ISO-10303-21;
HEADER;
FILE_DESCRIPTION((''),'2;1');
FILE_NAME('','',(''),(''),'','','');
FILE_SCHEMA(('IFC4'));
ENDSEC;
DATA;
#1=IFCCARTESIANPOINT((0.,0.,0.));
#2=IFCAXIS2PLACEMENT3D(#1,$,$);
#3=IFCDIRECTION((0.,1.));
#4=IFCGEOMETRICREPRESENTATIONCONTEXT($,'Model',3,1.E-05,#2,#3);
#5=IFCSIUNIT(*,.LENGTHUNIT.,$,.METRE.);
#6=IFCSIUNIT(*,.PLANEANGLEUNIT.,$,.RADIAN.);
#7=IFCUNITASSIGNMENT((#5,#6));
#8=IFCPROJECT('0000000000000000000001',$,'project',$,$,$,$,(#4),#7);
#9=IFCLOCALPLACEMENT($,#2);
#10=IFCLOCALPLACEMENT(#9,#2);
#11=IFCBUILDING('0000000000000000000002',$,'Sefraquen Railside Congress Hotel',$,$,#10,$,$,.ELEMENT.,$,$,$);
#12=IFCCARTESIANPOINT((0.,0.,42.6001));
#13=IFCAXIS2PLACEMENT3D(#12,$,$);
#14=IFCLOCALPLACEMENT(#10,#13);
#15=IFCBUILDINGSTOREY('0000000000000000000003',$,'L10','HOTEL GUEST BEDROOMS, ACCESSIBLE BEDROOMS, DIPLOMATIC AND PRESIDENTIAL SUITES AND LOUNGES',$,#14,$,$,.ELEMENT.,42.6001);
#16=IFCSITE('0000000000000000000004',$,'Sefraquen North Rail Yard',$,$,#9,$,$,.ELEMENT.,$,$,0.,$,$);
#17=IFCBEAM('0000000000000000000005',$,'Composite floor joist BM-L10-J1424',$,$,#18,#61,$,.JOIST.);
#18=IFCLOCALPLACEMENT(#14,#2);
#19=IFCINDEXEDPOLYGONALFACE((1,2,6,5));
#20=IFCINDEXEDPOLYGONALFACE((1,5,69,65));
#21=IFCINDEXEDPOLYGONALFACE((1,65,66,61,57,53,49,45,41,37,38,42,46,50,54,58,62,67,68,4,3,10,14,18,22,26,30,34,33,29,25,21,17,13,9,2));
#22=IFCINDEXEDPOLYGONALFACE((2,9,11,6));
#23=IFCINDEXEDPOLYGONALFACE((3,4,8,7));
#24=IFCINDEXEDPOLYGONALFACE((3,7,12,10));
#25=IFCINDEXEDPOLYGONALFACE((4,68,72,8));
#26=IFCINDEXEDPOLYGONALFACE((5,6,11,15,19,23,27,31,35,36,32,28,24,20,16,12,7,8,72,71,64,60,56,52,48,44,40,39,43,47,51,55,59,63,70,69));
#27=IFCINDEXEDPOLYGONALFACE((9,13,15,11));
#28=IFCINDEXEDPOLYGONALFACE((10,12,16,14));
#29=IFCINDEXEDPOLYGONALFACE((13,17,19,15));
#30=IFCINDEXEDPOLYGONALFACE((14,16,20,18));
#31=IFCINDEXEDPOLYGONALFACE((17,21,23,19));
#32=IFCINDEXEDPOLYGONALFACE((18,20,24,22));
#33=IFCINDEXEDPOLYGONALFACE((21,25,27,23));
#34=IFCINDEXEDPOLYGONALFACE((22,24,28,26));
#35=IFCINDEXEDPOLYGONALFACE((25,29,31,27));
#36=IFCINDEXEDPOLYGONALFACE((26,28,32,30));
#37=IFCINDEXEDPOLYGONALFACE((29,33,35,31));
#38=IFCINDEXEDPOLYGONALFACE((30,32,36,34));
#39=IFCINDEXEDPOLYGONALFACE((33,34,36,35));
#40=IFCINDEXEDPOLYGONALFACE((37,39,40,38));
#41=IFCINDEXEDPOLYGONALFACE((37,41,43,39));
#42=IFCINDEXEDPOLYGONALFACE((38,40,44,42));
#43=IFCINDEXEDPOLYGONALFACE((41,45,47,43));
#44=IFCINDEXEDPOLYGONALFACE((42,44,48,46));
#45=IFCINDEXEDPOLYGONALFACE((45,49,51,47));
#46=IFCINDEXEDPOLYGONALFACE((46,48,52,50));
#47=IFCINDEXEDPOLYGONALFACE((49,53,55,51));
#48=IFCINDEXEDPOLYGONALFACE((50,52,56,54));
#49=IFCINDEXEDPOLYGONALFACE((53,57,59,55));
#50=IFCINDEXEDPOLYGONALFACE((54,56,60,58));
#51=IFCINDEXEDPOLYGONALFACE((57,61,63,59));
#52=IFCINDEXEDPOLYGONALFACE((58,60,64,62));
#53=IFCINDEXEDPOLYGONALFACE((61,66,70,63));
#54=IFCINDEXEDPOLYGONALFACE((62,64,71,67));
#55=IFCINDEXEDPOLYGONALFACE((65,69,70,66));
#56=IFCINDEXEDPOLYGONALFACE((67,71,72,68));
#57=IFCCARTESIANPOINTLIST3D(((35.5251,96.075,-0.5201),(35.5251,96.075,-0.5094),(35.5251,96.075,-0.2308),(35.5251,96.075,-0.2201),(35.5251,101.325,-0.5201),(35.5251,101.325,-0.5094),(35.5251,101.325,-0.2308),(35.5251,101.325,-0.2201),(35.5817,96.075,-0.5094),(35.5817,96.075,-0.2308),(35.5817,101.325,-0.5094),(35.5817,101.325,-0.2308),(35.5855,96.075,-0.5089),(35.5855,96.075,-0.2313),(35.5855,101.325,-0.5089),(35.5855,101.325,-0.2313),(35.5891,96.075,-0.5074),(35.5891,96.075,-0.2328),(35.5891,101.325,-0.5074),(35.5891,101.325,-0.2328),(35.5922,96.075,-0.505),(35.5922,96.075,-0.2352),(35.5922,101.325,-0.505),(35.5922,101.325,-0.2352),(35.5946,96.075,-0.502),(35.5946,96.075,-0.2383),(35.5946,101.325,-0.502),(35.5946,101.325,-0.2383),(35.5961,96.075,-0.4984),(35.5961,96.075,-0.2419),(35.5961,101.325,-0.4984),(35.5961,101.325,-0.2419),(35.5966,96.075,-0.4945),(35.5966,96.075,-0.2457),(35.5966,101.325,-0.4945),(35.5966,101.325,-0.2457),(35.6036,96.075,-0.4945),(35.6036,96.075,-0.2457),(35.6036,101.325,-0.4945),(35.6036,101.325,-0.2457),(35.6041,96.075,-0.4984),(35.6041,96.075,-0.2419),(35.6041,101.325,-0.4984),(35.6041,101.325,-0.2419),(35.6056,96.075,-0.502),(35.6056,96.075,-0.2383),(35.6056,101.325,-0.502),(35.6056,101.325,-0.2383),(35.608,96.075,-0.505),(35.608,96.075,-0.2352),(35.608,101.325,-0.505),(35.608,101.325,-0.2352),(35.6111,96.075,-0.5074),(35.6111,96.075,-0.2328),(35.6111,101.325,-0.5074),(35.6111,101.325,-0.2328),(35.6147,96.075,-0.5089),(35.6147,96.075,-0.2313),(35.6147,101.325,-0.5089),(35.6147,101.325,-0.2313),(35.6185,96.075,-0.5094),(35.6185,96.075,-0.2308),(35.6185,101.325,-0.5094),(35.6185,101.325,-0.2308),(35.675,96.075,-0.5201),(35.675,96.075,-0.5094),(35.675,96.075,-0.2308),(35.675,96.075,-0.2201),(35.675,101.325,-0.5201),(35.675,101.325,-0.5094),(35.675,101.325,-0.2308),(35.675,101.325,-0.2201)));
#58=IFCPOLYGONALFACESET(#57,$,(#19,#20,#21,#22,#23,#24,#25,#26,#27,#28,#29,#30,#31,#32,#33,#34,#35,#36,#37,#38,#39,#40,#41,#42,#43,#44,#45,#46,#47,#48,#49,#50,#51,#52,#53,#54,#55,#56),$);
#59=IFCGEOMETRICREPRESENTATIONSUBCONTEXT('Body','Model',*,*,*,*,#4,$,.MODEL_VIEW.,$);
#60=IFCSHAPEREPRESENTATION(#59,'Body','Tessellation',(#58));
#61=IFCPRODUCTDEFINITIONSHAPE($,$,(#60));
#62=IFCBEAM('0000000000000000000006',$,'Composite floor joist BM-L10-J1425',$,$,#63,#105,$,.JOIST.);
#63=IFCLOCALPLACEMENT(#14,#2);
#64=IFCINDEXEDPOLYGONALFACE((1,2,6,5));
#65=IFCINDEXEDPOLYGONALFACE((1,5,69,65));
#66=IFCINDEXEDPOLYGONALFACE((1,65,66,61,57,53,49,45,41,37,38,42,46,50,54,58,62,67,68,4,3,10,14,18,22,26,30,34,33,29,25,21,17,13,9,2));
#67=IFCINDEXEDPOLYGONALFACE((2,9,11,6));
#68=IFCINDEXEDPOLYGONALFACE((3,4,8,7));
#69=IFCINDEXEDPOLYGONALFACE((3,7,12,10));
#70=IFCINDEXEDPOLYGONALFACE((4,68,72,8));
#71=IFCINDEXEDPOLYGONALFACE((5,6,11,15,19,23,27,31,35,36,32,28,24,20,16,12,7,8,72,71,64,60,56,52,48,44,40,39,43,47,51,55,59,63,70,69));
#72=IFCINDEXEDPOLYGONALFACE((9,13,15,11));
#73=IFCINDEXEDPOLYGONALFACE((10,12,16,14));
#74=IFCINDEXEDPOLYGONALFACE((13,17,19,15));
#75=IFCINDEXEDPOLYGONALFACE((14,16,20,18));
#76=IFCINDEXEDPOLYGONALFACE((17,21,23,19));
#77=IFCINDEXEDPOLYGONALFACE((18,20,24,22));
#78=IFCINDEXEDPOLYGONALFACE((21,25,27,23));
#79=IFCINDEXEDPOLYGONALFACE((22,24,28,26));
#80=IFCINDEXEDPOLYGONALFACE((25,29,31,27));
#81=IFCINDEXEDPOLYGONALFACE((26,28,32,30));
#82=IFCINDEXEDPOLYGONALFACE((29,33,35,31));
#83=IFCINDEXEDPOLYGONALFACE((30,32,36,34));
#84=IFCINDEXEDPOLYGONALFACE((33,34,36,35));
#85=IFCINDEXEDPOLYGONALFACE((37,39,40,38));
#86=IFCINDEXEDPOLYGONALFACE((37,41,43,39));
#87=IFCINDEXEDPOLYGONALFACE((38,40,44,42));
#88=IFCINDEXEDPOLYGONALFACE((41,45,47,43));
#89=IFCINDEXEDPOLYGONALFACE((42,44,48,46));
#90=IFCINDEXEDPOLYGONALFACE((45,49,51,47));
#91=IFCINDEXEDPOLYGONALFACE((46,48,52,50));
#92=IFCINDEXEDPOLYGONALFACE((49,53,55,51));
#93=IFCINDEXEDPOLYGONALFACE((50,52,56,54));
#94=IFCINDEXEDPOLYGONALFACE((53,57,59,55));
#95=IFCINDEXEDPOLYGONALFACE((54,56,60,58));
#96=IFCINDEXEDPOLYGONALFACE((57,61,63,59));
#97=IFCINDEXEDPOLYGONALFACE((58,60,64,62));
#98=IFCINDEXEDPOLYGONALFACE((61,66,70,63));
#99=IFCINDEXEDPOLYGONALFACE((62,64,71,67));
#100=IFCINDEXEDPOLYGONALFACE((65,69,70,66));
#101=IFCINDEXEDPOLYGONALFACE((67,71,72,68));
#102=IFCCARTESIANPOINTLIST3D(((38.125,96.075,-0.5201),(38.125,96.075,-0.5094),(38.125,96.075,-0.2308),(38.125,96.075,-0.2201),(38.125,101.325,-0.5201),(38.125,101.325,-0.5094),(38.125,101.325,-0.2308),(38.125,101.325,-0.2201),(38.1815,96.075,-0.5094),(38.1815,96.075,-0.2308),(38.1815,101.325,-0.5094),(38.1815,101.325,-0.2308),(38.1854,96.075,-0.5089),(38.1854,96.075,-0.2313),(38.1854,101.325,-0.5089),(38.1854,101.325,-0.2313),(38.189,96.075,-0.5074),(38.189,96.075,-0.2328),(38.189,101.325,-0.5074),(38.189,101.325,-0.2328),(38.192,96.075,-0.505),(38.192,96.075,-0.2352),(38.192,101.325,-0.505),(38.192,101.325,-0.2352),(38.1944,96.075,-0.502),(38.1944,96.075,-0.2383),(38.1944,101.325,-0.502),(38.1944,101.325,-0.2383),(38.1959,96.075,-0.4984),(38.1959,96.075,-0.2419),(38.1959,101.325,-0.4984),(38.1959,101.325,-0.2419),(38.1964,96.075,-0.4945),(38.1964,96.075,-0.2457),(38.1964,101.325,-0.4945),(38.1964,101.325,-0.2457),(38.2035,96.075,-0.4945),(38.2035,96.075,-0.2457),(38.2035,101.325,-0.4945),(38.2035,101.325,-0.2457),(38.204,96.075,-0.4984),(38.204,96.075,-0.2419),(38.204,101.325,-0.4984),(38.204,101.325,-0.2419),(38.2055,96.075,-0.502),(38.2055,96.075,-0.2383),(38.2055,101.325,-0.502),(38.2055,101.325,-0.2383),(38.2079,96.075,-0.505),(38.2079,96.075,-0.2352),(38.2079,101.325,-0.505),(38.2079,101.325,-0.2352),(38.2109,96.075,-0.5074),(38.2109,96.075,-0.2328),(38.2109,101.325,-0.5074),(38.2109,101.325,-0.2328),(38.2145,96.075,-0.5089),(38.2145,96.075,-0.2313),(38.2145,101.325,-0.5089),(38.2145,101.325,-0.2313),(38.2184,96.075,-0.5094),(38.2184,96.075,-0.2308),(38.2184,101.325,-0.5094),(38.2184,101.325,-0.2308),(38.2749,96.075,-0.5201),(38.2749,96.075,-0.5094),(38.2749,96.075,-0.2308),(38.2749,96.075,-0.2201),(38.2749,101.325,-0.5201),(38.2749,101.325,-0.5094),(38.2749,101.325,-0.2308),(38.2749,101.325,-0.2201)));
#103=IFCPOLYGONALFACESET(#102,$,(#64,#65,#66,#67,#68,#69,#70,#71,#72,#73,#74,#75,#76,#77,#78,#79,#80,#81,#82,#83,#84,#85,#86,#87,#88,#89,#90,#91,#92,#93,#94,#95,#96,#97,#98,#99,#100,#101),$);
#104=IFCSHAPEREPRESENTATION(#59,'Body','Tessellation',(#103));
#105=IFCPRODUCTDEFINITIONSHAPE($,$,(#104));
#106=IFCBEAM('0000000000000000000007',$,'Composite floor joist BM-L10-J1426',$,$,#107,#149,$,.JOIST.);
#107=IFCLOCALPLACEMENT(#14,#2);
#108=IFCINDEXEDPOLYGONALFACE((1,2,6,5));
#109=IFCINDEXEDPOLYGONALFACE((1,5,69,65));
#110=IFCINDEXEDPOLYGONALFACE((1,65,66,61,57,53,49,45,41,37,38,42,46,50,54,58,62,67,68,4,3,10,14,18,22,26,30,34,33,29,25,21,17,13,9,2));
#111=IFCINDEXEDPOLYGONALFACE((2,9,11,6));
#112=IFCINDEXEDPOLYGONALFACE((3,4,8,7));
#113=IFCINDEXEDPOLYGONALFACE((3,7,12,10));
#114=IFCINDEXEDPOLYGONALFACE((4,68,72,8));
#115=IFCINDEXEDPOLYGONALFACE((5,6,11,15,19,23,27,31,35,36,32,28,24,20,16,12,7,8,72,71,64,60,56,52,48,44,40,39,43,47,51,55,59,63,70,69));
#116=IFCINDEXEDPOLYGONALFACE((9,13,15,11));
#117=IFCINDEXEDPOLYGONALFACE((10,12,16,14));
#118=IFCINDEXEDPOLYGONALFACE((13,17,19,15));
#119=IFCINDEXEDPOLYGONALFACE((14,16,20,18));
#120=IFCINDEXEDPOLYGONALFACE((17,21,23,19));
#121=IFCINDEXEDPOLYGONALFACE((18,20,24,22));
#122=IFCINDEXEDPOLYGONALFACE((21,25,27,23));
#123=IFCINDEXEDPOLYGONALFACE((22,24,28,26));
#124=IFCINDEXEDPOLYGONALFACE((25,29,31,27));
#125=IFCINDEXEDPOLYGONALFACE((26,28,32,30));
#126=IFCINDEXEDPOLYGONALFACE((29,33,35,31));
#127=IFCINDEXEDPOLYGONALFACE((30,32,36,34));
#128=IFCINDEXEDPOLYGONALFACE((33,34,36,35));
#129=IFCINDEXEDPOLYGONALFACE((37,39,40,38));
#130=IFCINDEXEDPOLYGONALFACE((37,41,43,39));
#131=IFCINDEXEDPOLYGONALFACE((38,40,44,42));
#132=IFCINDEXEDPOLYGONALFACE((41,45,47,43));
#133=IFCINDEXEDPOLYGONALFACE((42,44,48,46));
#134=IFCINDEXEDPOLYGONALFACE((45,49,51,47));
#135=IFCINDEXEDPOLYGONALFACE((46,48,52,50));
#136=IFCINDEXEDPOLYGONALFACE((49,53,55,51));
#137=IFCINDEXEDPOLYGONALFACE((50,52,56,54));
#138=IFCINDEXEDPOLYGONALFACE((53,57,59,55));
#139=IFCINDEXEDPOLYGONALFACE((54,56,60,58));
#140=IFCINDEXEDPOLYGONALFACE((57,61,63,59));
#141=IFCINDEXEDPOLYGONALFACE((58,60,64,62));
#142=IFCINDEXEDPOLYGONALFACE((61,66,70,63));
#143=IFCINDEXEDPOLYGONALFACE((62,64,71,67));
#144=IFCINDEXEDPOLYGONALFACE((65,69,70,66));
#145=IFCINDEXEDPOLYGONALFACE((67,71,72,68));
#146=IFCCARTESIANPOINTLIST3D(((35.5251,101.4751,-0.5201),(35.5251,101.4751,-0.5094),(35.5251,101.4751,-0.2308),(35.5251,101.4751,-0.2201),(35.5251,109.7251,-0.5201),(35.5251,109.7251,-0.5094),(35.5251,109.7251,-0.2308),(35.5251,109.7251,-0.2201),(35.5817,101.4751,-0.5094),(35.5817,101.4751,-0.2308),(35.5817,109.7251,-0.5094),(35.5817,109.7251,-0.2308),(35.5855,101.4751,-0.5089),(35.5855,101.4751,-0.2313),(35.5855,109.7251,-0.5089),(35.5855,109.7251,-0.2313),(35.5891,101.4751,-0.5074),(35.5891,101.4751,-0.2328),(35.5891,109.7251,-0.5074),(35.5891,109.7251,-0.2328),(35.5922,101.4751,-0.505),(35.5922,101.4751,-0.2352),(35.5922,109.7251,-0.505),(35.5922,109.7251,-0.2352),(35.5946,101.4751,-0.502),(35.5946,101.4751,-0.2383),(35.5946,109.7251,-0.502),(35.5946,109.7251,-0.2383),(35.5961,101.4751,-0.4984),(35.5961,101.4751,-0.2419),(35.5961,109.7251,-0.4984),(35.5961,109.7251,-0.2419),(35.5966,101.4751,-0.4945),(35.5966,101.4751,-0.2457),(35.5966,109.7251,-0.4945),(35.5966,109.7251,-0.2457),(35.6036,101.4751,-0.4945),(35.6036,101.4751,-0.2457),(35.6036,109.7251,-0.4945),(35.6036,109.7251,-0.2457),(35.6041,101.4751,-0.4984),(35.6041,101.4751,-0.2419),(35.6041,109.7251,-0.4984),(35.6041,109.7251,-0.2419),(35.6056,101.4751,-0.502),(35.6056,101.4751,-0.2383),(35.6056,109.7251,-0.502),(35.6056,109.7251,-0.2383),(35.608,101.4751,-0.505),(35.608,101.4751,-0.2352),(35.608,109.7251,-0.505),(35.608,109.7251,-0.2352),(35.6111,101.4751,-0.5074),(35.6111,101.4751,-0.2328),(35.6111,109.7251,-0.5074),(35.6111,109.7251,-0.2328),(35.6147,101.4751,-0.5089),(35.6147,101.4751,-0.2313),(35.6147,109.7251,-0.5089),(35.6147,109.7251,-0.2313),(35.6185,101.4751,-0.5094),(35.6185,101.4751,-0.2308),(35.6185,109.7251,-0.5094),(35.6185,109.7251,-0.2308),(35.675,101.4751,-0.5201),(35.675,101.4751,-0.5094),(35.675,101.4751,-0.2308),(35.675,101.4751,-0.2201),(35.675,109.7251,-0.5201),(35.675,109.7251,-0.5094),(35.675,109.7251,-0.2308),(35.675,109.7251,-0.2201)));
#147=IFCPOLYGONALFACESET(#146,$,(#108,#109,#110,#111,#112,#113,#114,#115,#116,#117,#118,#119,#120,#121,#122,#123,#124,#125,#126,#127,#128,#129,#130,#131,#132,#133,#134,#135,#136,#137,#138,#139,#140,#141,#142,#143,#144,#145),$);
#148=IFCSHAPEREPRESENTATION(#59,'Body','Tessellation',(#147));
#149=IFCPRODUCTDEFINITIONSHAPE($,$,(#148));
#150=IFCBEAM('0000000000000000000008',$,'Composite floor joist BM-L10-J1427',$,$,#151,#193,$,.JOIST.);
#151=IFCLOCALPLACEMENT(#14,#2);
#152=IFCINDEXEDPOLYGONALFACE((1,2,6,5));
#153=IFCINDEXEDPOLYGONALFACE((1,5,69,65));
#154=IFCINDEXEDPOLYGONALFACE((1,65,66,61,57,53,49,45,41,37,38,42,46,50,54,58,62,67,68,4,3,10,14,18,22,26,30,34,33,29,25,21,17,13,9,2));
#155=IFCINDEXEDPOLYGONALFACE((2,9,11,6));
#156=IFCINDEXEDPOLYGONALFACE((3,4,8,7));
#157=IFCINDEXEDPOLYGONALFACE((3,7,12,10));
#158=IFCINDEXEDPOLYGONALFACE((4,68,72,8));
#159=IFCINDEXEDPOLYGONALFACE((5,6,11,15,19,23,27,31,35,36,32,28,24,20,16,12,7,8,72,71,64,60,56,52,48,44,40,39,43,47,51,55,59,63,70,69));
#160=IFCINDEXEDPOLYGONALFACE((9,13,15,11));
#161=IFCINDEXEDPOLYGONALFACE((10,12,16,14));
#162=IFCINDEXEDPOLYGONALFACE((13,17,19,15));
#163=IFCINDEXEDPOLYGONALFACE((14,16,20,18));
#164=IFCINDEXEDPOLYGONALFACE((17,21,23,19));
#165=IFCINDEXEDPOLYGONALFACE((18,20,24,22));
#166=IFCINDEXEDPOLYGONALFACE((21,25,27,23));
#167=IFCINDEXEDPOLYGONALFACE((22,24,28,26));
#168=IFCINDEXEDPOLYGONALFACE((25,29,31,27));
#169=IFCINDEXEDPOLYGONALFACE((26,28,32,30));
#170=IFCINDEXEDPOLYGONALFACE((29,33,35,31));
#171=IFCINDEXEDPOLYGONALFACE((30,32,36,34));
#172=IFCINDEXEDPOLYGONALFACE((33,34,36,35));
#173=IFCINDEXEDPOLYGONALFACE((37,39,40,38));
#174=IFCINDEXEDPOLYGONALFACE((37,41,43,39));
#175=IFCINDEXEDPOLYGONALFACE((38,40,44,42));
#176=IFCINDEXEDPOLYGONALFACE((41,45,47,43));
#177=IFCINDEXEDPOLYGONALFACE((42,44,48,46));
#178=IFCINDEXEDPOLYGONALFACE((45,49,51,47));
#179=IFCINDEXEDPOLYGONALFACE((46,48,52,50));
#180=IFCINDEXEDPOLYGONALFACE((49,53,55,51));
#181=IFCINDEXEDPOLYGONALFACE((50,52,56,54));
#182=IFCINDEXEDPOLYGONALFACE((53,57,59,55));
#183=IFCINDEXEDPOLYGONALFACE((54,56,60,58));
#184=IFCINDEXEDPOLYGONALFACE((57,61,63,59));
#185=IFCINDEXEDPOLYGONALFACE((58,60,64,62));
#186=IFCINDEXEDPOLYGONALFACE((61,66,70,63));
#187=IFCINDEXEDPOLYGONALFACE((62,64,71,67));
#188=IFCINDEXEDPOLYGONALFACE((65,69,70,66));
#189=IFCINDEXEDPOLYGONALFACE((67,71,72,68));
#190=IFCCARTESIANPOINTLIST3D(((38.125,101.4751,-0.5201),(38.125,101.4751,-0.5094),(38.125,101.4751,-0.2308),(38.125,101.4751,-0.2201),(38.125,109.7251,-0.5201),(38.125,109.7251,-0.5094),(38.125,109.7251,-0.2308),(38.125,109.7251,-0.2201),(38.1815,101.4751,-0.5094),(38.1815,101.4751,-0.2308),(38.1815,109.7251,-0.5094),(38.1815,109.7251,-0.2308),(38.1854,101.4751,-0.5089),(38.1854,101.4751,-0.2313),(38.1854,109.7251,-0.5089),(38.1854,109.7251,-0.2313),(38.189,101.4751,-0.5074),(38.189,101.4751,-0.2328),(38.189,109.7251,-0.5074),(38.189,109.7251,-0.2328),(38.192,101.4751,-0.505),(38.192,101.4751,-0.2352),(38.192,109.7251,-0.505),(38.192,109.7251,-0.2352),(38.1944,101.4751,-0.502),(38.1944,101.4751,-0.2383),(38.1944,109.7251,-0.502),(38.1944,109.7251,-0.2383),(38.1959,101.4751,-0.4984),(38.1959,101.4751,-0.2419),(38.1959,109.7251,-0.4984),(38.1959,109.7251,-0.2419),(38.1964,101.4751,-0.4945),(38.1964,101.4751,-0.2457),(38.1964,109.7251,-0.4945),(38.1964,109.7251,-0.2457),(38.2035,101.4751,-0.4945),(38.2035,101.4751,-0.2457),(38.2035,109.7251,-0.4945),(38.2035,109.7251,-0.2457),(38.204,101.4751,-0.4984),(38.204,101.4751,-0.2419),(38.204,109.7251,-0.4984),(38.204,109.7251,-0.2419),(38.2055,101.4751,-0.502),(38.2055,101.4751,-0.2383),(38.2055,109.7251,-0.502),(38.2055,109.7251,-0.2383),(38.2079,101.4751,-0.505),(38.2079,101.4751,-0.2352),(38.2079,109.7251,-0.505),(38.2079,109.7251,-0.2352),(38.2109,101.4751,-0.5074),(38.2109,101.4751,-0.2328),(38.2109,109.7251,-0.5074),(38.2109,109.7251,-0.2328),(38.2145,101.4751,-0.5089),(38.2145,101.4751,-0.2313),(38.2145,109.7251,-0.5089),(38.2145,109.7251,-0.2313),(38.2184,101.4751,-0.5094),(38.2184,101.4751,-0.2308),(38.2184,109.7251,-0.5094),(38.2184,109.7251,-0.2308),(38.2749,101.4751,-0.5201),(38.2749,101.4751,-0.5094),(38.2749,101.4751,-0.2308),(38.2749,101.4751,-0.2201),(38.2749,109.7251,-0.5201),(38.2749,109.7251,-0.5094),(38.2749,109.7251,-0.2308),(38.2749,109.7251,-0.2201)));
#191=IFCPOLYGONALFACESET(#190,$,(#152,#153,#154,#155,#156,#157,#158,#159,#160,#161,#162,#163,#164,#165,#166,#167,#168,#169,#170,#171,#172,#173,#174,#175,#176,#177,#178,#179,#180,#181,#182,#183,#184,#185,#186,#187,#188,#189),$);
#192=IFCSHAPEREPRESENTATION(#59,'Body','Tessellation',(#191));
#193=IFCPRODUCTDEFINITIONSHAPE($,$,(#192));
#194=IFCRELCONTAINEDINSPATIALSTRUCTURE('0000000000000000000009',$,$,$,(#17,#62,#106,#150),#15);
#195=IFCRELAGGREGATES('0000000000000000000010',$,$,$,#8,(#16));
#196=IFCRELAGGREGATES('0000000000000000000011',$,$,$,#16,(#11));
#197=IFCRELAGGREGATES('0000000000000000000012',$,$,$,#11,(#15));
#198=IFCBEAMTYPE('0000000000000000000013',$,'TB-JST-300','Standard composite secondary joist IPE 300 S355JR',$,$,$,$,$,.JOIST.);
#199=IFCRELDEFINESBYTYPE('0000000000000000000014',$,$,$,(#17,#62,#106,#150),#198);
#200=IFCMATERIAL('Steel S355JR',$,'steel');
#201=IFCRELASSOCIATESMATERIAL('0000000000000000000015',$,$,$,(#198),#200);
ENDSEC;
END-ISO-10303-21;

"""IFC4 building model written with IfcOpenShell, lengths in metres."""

from ifc_helpers import new_model, si_unit, direction, frame, origin, origin_2d, place, context, subcontext, project, spatial, i_section, extrude, material, material_profile, profile_set, type_object, element, save


model = new_model("IFC4")

# Units and contexts
model_context = context("Model", 3, precision=1e-05, world=origin(), true_north=direction((0.0, 1.0)))
body_context = subcontext(model_context, "Body", "Model", "MODEL_VIEW")
ifc_project = project(units=[si_unit("LENGTHUNIT", "METRE"), si_unit("PLANEANGLEUNIT", "RADIAN")], contexts=[model_context])

# Site, building, storey
site_placement = place(None, origin())
site = spatial("IfcSite", under=ifc_project, at=site_placement, Name="Sefraquen North Rail Yard", CompositionType="ELEMENT", RefElevation=0.0)
building_placement = place(site_placement, origin())
building = spatial("IfcBuilding", under=site, at=building_placement, Name="Sefraquen Railside Congress Hotel", CompositionType="ELEMENT")
storey_placement = place(building_placement, frame((0.0, 0.0, 42.6001)))
storey = spatial("IfcBuildingStorey", under=building, at=storey_placement, Name="L10", Description="HOTEL GUEST BEDROOMS, ACCESSIBLE BEDROOMS, DIPLOMATIC AND PRESIDENTIAL SUITES AND LOUNGES", CompositionType="ELEMENT", Elevation=42.6001)

# Shared definitions
ifc_material_1 = material(Name="Steel S355JR", Category="steel")

# Beams
ifc_material_profile_1 = material_profile(ifc_material_1, i_section(OverallWidth=0.1499, OverallDepth=0.3, WebThickness=0.0071, FlangeThickness=0.0107, FilletRadius=0.0149, at=origin_2d()), Name="IPE 300")
ifc_profile_set_1 = profile_set([ifc_material_profile_1], Name="Steel S355JR")
beam_type_1 = type_object("IfcBeamType", Name="TB-JST-300", Description="Standard composite secondary joist IPE 300 S355JR", PredefinedType="JOIST", material=ifc_profile_set_1)
for number, where, z_axis, x_axis, name in (
    (1, (35.6001, 96.075, -0.3701), (0.0, 1.0, 0.0), (-1.0, 0.0, 0.0), "Composite floor joist BM-L10-J1424"),
    (2, (38.2, 96.075, -0.3701), (0.0, 1.0, 0.0), (-1.0, 0.0, 0.0), "Composite floor joist BM-L10-J1425"),
):
    element("IfcBeam", number, at=place(storey_placement, frame(where, z_axis=z_axis, x_axis=x_axis)), inside=storey, type_object=beam_type_1, Name=name, PredefinedType="JOIST", context=body_context, shape_type="SweptSolid", body=[
        extrude(i_section(OverallWidth=0.1499, OverallDepth=0.3, WebThickness=0.0071, FlangeThickness=0.0107, FilletRadius=0.0149, at=origin_2d()), origin(), (0.0, 0.0, 1.0), 5.25),
    ])
for number, where, z_axis, x_axis, name in (
    (3, (35.6001, 101.4751, -0.3701), (0.0, 1.0, 0.0), (-1.0, 0.0, 0.0), "Composite floor joist BM-L10-J1426"),
    (4, (38.2, 101.4751, -0.3701), (0.0, 1.0, 0.0), (-1.0, 0.0, 0.0), "Composite floor joist BM-L10-J1427"),
):
    element("IfcBeam", number, at=place(storey_placement, frame(where, z_axis=z_axis, x_axis=x_axis)), inside=storey, type_object=beam_type_1, Name=name, PredefinedType="JOIST", context=body_context, shape_type="SweptSolid", body=[
        extrude(i_section(OverallWidth=0.1499, OverallDepth=0.3, WebThickness=0.0071, FlangeThickness=0.0107, FilletRadius=0.0149, at=origin_2d()), origin(), (0.0, 0.0, 1.0), 8.25),
    ])

save(model, "model.ifc")
